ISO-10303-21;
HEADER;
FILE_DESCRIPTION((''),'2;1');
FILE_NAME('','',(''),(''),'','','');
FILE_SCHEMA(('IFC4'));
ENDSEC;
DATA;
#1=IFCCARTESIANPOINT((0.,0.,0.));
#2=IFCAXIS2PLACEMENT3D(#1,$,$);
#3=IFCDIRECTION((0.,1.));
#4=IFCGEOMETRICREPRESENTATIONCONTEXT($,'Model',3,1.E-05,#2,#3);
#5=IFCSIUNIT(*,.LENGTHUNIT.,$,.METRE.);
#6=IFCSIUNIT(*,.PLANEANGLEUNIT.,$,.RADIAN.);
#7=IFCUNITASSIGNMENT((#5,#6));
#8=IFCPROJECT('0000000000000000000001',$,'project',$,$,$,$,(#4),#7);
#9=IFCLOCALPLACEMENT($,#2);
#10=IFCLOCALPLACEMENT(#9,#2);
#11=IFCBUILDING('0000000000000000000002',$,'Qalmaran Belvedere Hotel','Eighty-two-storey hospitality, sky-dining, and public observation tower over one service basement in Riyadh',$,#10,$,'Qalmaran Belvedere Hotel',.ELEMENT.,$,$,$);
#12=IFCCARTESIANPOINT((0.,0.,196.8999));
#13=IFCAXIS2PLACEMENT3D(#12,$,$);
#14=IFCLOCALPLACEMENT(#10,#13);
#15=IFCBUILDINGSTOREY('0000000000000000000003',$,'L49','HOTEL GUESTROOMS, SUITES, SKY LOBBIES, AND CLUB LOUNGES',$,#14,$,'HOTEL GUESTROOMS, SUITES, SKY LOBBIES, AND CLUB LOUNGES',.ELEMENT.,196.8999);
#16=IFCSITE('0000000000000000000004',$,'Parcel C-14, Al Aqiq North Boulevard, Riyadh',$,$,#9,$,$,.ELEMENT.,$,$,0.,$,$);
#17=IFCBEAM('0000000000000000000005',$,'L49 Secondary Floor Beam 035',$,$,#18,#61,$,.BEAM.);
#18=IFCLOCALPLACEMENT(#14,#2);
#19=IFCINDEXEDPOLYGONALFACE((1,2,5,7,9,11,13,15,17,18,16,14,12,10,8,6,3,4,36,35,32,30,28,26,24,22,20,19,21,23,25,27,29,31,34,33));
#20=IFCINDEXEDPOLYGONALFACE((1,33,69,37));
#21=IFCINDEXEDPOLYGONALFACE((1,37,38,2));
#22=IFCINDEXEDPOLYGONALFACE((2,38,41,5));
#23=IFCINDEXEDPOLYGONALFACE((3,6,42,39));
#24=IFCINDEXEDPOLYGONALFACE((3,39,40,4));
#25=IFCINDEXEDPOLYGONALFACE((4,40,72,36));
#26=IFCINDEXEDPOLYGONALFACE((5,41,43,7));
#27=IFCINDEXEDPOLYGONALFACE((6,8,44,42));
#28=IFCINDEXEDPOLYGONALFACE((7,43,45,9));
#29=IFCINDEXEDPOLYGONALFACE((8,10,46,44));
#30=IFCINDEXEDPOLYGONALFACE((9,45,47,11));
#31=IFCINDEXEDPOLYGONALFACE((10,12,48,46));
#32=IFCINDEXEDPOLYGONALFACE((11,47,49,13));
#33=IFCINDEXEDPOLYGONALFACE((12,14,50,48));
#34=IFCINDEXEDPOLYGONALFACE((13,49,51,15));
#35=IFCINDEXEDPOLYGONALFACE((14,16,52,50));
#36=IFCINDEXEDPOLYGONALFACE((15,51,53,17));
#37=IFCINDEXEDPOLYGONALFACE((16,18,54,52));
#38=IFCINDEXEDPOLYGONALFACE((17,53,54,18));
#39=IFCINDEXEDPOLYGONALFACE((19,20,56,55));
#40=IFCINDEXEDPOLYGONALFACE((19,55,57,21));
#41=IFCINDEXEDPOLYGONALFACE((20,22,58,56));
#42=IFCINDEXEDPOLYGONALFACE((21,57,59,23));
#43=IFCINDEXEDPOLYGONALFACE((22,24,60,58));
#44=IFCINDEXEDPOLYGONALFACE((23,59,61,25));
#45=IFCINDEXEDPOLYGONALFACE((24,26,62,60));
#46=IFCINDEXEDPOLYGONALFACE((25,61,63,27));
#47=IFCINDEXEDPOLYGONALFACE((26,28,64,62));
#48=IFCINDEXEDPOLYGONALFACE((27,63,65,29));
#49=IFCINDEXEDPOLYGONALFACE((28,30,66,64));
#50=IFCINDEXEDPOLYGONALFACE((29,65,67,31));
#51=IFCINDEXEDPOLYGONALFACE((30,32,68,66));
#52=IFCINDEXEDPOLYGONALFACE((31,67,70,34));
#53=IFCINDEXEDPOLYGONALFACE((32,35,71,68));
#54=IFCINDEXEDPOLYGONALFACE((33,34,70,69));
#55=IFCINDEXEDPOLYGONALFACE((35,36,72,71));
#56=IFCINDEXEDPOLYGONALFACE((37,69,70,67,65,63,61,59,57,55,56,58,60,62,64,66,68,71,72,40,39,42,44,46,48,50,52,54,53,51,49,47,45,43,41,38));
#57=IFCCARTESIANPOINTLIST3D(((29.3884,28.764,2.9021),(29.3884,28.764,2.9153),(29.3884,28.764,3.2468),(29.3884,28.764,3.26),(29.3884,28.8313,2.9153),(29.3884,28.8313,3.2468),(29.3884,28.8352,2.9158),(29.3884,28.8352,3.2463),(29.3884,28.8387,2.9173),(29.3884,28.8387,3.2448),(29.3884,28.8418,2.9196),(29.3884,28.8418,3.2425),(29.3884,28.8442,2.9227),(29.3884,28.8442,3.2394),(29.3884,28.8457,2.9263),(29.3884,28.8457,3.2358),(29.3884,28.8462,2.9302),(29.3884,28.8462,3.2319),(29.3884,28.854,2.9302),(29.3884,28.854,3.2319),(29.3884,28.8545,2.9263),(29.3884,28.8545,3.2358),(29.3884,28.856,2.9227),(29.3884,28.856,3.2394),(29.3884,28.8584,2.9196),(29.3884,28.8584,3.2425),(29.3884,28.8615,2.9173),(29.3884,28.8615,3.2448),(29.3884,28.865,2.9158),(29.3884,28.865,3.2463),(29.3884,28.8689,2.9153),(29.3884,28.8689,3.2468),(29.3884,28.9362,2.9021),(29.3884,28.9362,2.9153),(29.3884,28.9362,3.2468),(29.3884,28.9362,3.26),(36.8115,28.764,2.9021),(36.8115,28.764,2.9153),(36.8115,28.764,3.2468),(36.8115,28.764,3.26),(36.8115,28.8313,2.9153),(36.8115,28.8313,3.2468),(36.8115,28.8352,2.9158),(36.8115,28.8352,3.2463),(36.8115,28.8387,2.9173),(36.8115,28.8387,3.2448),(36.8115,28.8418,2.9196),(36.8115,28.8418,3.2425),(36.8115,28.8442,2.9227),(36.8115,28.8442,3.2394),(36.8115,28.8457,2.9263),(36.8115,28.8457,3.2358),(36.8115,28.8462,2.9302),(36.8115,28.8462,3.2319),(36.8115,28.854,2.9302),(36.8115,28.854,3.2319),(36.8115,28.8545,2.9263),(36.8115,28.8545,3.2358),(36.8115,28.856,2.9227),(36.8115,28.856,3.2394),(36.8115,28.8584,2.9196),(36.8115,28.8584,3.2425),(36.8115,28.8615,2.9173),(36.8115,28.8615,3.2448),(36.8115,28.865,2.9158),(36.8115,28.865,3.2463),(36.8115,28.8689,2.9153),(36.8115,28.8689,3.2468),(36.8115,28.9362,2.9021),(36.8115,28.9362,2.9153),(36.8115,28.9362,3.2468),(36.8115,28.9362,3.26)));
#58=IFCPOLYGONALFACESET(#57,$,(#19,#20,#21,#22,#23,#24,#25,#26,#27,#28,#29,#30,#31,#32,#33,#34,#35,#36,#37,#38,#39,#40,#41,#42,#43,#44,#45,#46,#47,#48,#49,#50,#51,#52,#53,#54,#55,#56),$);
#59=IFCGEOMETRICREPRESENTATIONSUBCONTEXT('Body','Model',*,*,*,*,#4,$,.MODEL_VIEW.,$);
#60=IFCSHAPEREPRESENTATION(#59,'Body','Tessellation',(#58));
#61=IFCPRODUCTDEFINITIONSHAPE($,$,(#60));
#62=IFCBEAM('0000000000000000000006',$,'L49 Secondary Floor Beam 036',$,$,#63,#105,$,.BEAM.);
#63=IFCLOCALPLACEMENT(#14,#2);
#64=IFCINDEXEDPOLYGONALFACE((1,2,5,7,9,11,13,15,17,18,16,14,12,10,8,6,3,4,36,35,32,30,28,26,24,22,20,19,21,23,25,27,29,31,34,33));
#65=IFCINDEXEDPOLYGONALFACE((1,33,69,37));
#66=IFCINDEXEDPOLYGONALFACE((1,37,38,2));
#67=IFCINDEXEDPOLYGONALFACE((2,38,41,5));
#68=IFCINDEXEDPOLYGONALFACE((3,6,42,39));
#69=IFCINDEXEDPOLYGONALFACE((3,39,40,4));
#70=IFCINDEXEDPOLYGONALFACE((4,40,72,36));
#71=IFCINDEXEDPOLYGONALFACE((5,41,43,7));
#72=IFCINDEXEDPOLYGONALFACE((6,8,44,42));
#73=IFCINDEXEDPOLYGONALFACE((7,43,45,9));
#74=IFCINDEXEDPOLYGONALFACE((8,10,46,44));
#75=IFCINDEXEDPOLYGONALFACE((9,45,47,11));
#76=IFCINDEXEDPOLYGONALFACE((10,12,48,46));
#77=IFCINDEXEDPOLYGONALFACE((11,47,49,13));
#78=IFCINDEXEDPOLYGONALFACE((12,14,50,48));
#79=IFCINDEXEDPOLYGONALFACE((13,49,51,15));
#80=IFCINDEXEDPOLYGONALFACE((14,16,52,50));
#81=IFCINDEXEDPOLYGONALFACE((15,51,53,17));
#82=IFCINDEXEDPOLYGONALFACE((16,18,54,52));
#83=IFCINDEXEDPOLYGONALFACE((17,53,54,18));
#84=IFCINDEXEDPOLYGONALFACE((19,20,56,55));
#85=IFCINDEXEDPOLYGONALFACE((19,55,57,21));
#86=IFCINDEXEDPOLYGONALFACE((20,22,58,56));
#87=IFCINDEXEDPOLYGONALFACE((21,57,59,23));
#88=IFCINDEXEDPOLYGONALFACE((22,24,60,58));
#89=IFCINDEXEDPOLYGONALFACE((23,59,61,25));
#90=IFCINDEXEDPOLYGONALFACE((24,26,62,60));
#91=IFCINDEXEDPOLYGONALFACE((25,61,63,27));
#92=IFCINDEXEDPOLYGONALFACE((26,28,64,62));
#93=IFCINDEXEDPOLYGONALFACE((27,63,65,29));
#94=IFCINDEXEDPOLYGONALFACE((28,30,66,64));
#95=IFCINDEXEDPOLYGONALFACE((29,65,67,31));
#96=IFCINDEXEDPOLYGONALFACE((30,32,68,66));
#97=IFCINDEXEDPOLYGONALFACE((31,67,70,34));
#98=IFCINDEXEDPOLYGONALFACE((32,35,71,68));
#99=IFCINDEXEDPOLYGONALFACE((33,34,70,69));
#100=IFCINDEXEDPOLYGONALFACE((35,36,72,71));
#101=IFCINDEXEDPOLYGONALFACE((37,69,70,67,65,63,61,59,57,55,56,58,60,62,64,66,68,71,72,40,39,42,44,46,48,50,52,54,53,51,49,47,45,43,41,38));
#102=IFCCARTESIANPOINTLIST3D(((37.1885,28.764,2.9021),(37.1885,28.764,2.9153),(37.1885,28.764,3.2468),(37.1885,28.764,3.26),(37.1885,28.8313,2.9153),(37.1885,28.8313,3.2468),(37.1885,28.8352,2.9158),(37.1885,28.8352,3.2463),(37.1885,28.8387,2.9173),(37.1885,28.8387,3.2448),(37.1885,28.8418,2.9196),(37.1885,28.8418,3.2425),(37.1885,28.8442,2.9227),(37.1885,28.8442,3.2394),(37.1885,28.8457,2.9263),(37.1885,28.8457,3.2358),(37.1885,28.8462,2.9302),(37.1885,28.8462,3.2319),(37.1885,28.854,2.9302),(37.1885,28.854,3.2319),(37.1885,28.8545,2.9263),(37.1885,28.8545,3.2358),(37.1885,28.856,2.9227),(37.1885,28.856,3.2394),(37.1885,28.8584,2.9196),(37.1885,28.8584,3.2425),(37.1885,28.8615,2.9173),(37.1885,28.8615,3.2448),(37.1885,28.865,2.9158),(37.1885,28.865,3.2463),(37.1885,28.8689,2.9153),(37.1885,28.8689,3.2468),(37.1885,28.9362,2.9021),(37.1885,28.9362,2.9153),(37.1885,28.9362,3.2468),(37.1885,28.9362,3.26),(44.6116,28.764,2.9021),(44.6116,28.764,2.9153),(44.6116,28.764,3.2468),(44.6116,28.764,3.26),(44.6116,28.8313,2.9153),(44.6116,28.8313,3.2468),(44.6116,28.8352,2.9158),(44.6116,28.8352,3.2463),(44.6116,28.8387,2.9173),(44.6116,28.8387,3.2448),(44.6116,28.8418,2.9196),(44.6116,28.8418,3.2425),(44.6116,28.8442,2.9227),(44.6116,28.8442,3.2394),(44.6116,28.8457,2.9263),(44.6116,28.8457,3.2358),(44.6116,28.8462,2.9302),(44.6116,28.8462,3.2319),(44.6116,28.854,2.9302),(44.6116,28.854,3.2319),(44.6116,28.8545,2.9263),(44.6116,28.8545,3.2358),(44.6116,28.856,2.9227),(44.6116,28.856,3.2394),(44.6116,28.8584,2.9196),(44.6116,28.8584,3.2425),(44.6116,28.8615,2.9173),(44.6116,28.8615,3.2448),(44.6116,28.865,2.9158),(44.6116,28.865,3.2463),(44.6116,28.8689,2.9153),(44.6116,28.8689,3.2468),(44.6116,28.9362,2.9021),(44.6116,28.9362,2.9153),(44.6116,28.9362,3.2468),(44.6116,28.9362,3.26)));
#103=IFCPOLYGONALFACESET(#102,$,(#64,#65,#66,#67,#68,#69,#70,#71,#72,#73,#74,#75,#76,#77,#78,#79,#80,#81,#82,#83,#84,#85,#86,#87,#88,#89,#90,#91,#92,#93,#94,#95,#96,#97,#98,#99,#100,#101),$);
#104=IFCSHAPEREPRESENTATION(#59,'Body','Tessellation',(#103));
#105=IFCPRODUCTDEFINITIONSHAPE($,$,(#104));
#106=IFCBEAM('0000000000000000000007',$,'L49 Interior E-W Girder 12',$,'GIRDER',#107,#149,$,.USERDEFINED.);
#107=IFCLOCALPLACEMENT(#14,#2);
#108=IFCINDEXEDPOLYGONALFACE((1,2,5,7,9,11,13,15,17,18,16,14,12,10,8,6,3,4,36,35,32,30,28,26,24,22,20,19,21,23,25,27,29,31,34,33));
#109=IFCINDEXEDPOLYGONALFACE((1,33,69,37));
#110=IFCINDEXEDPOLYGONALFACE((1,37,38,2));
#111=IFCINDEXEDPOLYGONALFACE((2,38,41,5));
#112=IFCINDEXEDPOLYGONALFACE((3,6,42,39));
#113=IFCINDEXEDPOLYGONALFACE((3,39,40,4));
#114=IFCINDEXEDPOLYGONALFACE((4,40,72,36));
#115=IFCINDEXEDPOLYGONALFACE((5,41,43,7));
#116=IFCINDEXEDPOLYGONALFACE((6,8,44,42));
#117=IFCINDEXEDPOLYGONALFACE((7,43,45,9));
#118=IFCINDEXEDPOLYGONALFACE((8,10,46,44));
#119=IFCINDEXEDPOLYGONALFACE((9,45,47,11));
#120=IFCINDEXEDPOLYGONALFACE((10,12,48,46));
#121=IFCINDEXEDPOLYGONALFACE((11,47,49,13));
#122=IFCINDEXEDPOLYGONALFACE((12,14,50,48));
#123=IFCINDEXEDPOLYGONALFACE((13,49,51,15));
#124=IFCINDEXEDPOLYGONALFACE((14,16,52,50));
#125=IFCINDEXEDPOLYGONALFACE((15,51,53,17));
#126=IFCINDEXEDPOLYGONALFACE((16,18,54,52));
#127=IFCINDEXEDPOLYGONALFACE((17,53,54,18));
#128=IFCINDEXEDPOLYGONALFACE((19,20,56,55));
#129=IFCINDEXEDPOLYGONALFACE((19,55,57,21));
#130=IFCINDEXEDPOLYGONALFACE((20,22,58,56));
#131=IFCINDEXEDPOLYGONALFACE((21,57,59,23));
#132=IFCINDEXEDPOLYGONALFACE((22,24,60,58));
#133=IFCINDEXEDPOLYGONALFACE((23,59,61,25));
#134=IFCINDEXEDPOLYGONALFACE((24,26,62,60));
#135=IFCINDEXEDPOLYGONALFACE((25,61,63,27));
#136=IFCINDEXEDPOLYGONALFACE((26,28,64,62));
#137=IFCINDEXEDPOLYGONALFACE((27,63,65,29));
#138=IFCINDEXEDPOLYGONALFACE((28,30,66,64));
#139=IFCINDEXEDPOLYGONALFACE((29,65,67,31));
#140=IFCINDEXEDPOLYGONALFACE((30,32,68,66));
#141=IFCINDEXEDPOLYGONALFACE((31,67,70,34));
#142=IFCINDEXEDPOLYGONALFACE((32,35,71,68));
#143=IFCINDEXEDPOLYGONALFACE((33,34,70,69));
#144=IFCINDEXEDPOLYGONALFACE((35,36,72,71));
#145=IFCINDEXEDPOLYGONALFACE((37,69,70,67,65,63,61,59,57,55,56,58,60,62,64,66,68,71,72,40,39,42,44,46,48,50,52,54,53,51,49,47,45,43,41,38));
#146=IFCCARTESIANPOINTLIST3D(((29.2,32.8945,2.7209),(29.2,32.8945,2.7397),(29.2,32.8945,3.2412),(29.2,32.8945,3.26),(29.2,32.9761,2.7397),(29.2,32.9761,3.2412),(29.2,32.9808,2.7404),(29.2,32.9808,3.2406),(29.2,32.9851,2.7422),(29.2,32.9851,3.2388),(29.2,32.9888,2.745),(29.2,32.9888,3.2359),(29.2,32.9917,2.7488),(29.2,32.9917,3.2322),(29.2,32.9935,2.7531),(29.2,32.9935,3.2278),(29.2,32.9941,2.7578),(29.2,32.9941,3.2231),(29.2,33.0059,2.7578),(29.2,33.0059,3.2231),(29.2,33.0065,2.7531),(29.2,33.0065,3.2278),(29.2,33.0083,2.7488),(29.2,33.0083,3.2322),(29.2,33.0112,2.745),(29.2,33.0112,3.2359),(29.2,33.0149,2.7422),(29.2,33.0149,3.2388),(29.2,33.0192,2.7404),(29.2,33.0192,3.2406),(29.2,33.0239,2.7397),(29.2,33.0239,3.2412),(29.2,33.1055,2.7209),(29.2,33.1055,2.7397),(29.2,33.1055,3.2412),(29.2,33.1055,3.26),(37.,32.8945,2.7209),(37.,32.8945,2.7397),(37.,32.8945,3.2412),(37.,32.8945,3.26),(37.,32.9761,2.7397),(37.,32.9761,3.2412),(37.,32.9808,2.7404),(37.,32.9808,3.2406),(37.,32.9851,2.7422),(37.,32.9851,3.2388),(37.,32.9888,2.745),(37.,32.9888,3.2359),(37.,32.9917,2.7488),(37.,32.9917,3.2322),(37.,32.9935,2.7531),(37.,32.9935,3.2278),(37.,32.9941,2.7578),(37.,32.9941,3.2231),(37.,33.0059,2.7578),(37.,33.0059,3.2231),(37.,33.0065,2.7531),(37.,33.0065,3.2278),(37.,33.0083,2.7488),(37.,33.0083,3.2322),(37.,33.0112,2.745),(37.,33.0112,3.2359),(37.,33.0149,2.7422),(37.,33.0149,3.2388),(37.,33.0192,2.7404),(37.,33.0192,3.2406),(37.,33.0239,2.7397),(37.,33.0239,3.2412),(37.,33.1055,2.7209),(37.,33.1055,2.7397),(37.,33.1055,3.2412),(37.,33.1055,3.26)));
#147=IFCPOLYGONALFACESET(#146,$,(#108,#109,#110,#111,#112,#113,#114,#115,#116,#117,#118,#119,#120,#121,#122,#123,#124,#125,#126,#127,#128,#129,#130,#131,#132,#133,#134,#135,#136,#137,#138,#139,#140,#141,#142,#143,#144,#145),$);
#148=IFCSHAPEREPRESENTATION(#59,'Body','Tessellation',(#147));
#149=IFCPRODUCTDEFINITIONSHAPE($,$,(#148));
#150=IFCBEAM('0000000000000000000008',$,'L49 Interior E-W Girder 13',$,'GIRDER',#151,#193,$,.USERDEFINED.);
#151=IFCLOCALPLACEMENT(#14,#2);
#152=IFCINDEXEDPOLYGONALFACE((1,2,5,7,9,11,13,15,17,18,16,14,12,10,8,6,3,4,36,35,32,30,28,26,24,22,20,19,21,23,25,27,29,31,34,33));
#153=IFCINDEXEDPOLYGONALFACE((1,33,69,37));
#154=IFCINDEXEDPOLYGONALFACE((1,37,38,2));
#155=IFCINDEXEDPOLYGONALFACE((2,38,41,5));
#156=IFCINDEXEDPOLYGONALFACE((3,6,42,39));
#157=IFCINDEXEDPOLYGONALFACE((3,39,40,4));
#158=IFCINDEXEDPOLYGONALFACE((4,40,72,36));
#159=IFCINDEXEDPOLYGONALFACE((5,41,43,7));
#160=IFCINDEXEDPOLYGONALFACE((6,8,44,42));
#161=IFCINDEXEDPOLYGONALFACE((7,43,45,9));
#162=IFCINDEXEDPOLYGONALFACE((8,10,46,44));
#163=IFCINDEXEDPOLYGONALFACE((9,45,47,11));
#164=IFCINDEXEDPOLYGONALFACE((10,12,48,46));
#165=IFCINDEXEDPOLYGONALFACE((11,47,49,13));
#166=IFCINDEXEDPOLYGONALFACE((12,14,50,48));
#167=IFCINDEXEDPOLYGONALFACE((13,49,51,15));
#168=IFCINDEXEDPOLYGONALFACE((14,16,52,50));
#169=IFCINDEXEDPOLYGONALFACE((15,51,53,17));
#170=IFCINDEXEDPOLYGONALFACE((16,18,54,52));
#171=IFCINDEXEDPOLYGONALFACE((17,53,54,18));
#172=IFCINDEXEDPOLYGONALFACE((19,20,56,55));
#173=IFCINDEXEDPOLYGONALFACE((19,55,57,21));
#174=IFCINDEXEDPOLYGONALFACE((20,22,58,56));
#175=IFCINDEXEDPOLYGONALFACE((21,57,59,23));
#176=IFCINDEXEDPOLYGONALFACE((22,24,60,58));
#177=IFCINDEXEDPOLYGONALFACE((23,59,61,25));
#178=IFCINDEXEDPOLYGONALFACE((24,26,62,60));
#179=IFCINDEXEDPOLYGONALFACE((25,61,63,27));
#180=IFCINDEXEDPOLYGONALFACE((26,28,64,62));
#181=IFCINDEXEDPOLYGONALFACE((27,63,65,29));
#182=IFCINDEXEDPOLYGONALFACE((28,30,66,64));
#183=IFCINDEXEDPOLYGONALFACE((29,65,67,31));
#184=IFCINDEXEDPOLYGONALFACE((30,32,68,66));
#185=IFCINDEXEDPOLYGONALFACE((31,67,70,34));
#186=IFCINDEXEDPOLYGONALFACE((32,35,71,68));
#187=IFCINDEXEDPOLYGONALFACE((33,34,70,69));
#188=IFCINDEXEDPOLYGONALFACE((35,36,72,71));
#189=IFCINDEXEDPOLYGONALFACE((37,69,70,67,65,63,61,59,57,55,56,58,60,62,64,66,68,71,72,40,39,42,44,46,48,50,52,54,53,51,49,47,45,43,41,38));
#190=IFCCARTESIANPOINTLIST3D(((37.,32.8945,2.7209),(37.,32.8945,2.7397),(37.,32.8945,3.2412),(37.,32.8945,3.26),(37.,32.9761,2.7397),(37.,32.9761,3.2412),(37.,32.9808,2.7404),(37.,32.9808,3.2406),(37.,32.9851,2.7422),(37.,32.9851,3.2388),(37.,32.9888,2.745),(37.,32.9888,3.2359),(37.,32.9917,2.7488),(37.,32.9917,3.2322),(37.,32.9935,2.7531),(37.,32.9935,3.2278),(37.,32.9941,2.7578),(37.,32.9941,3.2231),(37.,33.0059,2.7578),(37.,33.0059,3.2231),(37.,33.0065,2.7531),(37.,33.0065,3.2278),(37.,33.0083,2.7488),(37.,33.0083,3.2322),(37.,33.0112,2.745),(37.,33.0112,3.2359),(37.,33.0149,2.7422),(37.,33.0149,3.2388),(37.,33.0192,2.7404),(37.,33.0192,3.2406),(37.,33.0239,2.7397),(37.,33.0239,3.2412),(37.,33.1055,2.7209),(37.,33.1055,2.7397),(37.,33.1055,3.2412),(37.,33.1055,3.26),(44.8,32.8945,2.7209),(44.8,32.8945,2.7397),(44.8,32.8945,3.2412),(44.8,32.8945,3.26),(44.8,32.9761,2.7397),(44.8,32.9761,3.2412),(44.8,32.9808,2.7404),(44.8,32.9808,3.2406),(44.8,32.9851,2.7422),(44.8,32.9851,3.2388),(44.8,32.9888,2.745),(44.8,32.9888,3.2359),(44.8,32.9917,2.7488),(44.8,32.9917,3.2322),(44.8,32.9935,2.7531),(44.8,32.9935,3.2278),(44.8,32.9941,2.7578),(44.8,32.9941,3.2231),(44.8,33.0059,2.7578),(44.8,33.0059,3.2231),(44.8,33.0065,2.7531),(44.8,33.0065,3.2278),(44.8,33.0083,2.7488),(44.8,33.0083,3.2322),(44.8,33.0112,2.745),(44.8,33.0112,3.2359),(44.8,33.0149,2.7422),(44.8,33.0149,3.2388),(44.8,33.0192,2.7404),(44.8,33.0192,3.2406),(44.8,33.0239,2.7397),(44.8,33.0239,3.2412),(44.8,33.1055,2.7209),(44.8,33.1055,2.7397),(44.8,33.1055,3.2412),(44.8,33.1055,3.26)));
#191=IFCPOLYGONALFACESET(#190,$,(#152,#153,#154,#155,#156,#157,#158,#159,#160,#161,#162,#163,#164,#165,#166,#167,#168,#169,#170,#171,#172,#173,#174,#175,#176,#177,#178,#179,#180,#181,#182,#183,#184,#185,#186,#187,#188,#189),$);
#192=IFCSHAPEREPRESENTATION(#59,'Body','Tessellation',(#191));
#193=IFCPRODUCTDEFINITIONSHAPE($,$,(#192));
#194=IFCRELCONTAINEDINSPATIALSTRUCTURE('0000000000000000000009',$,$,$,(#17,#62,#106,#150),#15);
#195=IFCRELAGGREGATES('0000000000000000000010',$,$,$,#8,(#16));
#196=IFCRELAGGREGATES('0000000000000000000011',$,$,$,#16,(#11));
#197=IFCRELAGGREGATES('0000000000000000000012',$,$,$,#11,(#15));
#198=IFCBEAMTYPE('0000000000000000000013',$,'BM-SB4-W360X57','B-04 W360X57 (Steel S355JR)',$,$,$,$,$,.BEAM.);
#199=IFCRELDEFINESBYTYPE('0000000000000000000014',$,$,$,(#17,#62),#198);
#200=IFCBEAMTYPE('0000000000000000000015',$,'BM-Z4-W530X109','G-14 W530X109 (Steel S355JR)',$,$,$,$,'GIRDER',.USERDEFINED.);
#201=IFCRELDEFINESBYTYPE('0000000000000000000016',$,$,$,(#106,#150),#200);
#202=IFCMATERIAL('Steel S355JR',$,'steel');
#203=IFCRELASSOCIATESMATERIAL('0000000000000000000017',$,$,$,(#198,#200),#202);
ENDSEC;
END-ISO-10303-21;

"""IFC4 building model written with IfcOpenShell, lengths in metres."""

from ifc_helpers import new_model, si_unit, direction, frame, origin, origin_2d, place, context, subcontext, project, spatial, i_section, extrude, material, material_profile, profile_set, type_object, element, save


model = new_model("IFC4")

# Units and contexts
model_context = context("Model", 3, precision=1e-05, world=origin(), true_north=direction((0.0, 1.0)))
body_context = subcontext(model_context, "Body", "Model", "MODEL_VIEW")
ifc_project = project(units=[si_unit("LENGTHUNIT", "METRE"), si_unit("PLANEANGLEUNIT", "RADIAN")], contexts=[model_context])

# Site, building, storey
site_placement = place(None, origin())
site = spatial("IfcSite", under=ifc_project, at=site_placement, Name="Parcel C-14, Al Aqiq North Boulevard, Riyadh", CompositionType="ELEMENT", RefElevation=0.0)
building_placement = place(site_placement, origin())
building = spatial("IfcBuilding", under=site, at=building_placement, Name="Qalmaran Belvedere Hotel", Description="Eighty-two-storey hospitality, sky-dining, and public observation tower over one service basement in Riyadh", LongName="Qalmaran Belvedere Hotel", CompositionType="ELEMENT")
storey_placement = place(building_placement, frame((0.0, 0.0, 196.8999)))
storey = spatial("IfcBuildingStorey", under=building, at=storey_placement, Name="L49", Description="HOTEL GUESTROOMS, SUITES, SKY LOBBIES, AND CLUB LOUNGES", LongName="HOTEL GUESTROOMS, SUITES, SKY LOBBIES, AND CLUB LOUNGES", CompositionType="ELEMENT", Elevation=196.8999)

# Beams
ifc_material_1 = material(Name="Steel S355JR", Category="steel")
ifc_material_profile_1 = material_profile(ifc_material_1, i_section(OverallWidth=0.1721, OverallDepth=0.3579, WebThickness=0.0078, FlangeThickness=0.0132, FilletRadius=0.0149, at=origin_2d()), Name="W360X57")
ifc_profile_set_1 = profile_set([ifc_material_profile_1], Name="Steel S355JR")
beam_type_1 = type_object("IfcBeamType", Name="BM-SB4-W360X57", Description="B-04 W360X57 (Steel S355JR)", PredefinedType="BEAM", material=ifc_profile_set_1)
for number, where, z_axis, x_axis, name in (
    (1, (29.3884, 28.8501, 3.0811), (1.0, 0.0, 0.0), (0.0, 1.0, 0.0), "L49 Secondary Floor Beam 035"),
    (2, (37.1885, 28.8501, 3.0811), (1.0, 0.0, 0.0), (0.0, 1.0, 0.0), "L49 Secondary Floor Beam 036"),
):
    element("IfcBeam", number, at=place(storey_placement, frame(where, z_axis=z_axis, x_axis=x_axis)), inside=storey, type_object=beam_type_1, Name=name, PredefinedType="BEAM", context=body_context, shape_type="SweptSolid", body=[
        extrude(i_section(OverallWidth=0.1721, OverallDepth=0.3579, WebThickness=0.0078, FlangeThickness=0.0132, FilletRadius=0.0149, at=origin_2d()), origin(), (0.0, 0.0, 1.0), 7.4231),
    ])
ifc_material_profile_2 = material_profile(ifc_material_1, i_section(OverallWidth=0.2109, OverallDepth=0.5391, WebThickness=0.0117, FlangeThickness=0.0188, FilletRadius=0.0181, at=origin_2d()), Name="W530X109")
ifc_profile_set_2 = profile_set([ifc_material_profile_2], Name="Steel S355JR")
beam_type_2 = type_object("IfcBeamType", Name="BM-Z4-W530X109", Description="G-14 W530X109 (Steel S355JR)", ElementType="GIRDER", PredefinedType="USERDEFINED", material=ifc_profile_set_2)
for number, where, z_axis, x_axis, name in (
    (3, (29.2, 33.0, 2.9905), (1.0, 0.0, 0.0), (0.0, 1.0, 0.0), "L49 Interior E-W Girder 12"),
    (4, (37.0, 33.0, 2.9905), (1.0, 0.0, 0.0), (0.0, 1.0, 0.0), "L49 Interior E-W Girder 13"),
):
    element("IfcBeam", number, at=place(storey_placement, frame(where, z_axis=z_axis, x_axis=x_axis)), inside=storey, type_object=beam_type_2, Name=name, ObjectType="GIRDER", PredefinedType="USERDEFINED", context=body_context, shape_type="SweptSolid", body=[
        extrude(i_section(OverallWidth=0.2109, OverallDepth=0.5391, WebThickness=0.0117, FlangeThickness=0.0188, FilletRadius=0.0181, at=origin_2d()), origin(), (0.0, 0.0, 1.0), 7.8),
    ])

save(model, "model.ifc")
